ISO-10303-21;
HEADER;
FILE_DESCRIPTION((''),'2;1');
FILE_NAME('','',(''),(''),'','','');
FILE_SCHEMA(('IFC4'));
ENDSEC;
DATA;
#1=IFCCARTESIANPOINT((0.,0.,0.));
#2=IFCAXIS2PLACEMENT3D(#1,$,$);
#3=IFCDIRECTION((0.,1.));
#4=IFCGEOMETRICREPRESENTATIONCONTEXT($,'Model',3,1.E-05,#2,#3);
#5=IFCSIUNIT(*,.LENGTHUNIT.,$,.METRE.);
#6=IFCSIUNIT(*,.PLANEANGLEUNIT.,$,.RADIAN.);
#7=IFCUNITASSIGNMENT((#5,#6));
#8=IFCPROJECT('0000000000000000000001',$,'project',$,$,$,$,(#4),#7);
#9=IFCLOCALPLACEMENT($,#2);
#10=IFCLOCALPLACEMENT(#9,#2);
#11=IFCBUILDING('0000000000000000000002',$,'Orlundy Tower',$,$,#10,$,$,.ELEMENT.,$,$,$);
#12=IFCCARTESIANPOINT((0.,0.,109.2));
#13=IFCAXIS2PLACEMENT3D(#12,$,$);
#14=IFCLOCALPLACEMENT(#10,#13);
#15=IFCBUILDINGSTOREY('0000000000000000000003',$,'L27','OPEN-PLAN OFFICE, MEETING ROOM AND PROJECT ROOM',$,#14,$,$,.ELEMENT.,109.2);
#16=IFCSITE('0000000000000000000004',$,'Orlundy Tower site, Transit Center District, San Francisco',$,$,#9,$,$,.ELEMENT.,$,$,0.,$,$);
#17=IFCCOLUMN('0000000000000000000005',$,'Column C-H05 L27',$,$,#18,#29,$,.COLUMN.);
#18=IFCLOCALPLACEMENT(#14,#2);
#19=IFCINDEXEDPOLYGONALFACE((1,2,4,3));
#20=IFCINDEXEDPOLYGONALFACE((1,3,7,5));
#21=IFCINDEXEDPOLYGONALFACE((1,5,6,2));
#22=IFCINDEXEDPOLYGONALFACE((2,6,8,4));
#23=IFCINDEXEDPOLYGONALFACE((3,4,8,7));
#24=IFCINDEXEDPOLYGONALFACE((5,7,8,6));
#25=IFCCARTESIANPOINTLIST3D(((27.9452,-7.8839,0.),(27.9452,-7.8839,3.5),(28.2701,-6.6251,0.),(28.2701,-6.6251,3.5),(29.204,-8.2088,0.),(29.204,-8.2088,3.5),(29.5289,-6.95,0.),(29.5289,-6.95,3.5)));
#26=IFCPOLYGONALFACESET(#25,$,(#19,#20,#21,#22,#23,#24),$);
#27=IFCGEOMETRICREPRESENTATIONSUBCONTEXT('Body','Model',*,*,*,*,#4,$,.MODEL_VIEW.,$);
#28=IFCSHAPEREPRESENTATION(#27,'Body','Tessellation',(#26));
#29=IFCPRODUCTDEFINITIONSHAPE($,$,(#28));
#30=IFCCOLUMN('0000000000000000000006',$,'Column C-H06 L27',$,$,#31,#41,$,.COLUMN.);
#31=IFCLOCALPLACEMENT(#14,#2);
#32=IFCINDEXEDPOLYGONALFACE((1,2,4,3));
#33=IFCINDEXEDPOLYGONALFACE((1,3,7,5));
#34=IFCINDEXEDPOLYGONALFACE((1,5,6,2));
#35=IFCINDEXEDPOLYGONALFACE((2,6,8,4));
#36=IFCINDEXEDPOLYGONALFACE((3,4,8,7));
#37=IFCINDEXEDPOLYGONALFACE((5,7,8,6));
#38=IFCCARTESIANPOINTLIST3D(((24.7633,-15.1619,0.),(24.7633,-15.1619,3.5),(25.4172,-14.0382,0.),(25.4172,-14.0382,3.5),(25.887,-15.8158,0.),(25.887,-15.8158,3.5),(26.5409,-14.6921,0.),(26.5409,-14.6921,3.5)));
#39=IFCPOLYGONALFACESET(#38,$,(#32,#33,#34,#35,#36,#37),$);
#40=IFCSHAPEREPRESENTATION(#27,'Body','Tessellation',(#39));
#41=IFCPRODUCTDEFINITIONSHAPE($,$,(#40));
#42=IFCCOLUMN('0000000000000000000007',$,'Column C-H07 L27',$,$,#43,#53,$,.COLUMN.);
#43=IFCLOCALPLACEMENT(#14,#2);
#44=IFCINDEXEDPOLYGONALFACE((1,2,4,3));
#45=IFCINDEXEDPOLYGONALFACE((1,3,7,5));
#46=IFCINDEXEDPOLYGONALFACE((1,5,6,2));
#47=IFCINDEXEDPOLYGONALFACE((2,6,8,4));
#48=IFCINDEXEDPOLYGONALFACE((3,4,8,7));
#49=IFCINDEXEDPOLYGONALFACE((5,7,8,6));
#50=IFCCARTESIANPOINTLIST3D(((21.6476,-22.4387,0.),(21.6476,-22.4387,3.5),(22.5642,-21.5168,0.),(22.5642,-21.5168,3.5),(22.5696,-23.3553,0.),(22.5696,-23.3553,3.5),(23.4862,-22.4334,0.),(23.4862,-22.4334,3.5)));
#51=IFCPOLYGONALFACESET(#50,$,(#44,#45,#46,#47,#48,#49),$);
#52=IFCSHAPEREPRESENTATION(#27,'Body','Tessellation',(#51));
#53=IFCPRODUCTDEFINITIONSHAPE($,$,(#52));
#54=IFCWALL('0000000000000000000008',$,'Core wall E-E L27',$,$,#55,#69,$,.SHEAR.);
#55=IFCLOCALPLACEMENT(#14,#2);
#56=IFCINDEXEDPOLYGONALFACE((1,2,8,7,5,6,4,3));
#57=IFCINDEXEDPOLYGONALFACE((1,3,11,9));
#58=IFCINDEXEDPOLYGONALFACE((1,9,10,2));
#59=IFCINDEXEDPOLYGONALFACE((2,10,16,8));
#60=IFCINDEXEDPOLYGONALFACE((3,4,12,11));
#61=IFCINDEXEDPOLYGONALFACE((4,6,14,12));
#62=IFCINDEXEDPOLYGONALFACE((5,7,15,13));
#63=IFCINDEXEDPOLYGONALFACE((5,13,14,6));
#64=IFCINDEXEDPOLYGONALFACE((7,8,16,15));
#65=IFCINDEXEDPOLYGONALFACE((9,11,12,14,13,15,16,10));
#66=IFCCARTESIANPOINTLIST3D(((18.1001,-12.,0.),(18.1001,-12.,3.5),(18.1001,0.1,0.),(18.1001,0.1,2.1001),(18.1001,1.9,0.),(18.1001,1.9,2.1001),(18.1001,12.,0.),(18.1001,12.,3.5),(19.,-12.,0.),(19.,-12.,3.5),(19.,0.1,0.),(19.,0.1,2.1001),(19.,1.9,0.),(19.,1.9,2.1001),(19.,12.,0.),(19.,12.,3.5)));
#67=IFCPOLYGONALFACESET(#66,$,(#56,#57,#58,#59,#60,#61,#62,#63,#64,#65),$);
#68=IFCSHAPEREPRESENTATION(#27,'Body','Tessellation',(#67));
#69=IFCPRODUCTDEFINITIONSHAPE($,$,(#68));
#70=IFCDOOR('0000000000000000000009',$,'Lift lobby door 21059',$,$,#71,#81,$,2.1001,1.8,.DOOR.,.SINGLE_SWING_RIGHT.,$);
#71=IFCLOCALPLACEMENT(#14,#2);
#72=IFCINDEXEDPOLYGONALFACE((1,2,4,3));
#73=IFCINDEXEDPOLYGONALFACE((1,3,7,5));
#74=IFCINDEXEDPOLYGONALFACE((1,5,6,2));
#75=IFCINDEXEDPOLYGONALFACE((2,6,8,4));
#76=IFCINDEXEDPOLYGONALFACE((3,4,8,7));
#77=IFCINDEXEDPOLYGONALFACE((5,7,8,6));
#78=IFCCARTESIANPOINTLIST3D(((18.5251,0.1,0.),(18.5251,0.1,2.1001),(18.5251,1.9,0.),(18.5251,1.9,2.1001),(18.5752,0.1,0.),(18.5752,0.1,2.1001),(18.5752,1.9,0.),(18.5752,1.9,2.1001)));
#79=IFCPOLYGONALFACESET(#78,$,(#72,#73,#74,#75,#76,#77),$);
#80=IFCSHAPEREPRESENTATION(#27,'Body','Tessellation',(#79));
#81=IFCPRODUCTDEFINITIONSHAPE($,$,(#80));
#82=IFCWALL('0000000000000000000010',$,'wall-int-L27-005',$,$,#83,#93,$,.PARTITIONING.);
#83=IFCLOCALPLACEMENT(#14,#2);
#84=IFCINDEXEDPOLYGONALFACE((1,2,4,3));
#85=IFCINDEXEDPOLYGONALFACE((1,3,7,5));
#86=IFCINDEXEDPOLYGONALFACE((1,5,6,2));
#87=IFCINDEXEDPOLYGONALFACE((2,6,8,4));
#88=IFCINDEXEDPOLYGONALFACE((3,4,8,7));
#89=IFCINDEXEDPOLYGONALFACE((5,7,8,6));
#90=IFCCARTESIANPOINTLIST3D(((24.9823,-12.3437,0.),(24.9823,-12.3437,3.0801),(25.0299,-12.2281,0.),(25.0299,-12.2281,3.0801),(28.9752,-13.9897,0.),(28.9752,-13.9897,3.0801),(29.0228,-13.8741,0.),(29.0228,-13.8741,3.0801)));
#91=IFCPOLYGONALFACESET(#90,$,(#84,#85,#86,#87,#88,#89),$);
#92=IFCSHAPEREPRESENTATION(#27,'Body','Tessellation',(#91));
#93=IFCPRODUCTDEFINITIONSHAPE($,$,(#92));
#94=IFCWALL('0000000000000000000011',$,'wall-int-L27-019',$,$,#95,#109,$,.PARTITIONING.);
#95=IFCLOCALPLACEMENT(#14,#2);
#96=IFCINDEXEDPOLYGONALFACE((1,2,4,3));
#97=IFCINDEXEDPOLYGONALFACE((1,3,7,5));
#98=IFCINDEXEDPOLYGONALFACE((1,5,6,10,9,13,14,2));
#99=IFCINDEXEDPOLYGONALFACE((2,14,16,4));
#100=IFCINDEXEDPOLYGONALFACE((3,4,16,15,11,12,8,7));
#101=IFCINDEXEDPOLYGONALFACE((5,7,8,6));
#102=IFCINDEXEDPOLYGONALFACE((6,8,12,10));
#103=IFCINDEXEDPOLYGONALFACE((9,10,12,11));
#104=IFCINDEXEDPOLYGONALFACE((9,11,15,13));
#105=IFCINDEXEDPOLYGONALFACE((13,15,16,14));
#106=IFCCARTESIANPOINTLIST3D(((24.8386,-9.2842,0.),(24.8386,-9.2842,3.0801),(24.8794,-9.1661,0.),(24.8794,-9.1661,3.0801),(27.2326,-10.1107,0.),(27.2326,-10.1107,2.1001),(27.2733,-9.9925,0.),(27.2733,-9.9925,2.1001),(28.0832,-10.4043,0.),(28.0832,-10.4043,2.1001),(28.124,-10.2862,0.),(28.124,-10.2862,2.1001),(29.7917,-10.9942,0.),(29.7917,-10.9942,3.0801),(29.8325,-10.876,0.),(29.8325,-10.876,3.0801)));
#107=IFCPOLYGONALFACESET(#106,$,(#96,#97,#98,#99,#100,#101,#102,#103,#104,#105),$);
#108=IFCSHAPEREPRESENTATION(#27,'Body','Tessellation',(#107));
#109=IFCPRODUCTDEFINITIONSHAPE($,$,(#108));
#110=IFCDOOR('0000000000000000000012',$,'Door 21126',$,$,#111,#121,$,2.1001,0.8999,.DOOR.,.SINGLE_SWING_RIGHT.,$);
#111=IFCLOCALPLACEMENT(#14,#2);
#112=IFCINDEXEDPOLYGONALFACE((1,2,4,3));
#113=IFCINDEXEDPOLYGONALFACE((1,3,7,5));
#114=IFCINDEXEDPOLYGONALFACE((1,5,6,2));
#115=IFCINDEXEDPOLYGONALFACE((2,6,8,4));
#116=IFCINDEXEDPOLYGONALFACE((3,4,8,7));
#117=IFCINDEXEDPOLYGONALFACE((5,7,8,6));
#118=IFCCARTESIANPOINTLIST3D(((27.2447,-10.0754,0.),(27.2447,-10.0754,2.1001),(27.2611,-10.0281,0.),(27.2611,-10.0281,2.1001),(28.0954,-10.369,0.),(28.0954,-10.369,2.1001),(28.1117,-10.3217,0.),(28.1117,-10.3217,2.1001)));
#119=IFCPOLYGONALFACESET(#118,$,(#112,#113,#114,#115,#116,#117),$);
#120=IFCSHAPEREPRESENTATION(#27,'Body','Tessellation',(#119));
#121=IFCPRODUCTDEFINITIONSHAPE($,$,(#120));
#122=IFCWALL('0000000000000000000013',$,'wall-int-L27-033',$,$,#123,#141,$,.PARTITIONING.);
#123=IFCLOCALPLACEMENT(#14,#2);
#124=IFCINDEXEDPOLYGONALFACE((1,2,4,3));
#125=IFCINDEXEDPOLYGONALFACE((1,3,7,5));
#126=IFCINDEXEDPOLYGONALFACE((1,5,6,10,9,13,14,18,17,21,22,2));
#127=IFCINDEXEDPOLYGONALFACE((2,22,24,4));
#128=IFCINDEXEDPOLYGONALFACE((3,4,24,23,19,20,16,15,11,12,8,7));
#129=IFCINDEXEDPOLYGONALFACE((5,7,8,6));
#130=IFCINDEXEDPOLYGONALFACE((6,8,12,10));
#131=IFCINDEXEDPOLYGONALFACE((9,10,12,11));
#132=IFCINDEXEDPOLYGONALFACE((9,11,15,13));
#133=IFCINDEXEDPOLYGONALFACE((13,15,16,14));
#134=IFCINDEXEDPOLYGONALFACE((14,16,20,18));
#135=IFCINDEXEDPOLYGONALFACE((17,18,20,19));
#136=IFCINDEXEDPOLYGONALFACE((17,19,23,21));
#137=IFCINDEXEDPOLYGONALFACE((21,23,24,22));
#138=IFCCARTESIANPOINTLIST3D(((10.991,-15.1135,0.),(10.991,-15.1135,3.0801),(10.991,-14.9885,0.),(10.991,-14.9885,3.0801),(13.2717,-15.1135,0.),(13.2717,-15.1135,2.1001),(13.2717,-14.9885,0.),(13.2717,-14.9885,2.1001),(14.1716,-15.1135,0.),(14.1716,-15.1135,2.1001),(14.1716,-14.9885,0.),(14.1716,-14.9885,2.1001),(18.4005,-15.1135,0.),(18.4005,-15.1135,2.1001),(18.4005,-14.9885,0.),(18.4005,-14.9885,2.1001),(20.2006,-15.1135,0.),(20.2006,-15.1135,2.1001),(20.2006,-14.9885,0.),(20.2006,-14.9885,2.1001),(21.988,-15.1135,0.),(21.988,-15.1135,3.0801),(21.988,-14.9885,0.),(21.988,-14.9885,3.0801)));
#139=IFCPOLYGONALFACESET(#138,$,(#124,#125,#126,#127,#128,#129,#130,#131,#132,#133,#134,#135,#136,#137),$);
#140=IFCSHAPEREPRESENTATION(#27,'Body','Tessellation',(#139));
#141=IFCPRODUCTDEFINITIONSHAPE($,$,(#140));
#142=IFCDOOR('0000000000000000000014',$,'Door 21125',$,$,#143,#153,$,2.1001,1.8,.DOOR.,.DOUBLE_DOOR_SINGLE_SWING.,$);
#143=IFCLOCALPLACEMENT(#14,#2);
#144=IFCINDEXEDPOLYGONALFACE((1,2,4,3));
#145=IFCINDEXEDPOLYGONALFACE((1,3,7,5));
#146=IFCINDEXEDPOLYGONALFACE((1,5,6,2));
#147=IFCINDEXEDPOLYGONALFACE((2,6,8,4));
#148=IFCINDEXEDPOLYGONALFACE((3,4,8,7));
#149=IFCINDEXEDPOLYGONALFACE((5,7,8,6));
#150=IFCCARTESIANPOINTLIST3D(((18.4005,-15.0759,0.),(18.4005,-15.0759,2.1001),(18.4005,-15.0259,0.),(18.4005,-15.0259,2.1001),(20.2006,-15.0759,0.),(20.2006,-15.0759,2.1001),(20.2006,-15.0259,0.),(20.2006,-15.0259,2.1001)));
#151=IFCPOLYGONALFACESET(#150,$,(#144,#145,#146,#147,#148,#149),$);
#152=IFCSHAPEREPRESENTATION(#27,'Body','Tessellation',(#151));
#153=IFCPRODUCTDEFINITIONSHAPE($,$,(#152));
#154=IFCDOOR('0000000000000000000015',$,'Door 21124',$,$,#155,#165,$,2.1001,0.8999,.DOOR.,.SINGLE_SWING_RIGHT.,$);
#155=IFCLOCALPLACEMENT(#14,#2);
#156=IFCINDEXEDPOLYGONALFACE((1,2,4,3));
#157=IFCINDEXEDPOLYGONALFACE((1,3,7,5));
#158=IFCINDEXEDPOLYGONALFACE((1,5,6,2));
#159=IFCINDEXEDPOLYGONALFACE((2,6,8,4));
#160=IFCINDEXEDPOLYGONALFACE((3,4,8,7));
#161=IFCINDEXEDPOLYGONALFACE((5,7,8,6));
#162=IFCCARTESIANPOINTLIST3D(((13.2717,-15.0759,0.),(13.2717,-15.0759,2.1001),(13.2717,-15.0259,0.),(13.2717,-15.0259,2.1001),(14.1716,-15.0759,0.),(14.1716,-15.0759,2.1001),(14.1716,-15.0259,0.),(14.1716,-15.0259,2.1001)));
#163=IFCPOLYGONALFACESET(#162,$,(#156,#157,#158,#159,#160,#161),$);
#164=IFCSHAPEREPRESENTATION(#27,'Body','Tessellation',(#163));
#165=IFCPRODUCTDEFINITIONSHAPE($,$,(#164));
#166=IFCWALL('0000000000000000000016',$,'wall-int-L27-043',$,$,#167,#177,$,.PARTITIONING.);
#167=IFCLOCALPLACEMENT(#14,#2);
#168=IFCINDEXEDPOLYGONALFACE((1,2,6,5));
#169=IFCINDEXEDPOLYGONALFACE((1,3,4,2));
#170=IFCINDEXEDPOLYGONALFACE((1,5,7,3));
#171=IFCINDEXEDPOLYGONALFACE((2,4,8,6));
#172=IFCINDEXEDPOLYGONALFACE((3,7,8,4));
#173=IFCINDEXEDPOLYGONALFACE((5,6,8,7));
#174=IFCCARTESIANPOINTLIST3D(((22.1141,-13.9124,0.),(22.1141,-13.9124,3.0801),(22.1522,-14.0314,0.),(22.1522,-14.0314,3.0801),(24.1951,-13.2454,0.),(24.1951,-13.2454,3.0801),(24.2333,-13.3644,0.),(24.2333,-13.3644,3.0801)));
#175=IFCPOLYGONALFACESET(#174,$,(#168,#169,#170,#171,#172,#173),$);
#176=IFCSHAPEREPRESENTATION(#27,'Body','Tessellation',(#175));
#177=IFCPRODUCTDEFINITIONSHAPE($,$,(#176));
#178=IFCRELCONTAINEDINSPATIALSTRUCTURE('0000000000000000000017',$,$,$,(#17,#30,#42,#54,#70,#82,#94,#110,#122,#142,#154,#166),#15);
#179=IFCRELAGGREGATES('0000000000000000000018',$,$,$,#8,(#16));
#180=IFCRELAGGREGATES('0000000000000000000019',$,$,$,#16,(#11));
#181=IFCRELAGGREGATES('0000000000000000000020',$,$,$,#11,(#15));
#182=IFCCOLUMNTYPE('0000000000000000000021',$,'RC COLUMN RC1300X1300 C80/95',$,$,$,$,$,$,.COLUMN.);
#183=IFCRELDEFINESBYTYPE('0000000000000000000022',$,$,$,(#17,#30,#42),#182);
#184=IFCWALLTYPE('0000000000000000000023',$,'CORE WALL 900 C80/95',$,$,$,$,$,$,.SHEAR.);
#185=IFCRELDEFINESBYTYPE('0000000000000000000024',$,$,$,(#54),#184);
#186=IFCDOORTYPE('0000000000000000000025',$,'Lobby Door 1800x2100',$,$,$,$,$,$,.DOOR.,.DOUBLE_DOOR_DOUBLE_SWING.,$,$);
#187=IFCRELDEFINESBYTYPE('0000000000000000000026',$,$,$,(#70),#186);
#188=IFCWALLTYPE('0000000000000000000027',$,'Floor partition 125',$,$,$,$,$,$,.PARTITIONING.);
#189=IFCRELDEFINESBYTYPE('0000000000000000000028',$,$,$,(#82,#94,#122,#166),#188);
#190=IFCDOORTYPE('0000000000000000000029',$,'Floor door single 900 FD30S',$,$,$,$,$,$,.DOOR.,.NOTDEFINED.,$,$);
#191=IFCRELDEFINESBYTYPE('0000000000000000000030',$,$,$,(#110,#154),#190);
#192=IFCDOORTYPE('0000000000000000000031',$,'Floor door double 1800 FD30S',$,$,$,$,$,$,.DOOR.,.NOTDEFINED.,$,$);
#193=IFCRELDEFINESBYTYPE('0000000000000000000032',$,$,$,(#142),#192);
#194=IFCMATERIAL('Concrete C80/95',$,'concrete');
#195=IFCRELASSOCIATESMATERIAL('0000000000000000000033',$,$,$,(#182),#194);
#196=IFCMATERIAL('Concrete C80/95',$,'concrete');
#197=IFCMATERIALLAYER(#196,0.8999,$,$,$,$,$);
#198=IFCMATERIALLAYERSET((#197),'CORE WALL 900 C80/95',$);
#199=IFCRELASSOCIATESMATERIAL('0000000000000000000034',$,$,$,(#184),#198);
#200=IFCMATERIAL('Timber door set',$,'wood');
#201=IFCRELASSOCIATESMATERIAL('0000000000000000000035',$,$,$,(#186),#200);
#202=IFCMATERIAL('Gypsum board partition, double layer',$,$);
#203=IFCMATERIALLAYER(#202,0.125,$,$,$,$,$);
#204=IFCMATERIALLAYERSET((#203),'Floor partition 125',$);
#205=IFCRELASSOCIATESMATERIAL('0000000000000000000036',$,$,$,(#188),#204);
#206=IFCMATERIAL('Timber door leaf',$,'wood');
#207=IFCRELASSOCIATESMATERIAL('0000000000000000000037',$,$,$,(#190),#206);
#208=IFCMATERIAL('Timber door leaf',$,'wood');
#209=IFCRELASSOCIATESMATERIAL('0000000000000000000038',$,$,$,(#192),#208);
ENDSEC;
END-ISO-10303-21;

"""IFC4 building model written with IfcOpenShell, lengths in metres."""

from ifc_helpers import new_model, si_unit, direction, frame, frame_2d, origin, origin_2d, place, context, subcontext, project, spatial, rectangle, extrude, material, layer, layer_set, material_profile, profile_set, type_object, element, fill, save


model = new_model("IFC4")

# Units and contexts
model_context = context("Model", 3, precision=1e-05, world=origin(), true_north=direction((0.0, 1.0)))
body_context = subcontext(model_context, "Body", "Model", "MODEL_VIEW")
ifc_project = project(units=[si_unit("LENGTHUNIT", "METRE"), si_unit("PLANEANGLEUNIT", "RADIAN")], contexts=[model_context])

# Site, building, storey
site_placement = place(None, origin())
site = spatial("IfcSite", under=ifc_project, at=site_placement, Name="Orlundy Tower site, Transit Center District, San Francisco", CompositionType="ELEMENT", RefElevation=0.0)
building_placement = place(site_placement, origin())
building = spatial("IfcBuilding", under=site, at=building_placement, Name="Orlundy Tower", CompositionType="ELEMENT")
storey_placement = place(building_placement, frame((0.0, 0.0, 109.2)))
storey = spatial("IfcBuildingStorey", under=building, at=storey_placement, Name="L27", Description="OPEN-PLAN OFFICE, MEETING ROOM AND PROJECT ROOM", CompositionType="ELEMENT", Elevation=109.2)

# Columns
ifc_material_1 = material(Name="Concrete C80/95", Category="concrete")
ifc_material_profile = material_profile(ifc_material_1, rectangle(XDim=1.3, YDim=1.3, at=origin_2d()), Name="RC1300X1300")
ifc_profile_set = profile_set([ifc_material_profile], Name="Concrete C80/95")
column_type = type_object("IfcColumnType", Name="RC COLUMN RC1300X1300 C80/95", PredefinedType="COLUMN", material=ifc_profile_set)
for number, where, z_axis, x_axis, name in (
    (1, (28.7371, -7.417, 0.0), (0.0, 0.0, 1.0), (0.96827, -0.249907, 0.0), "Column C-H05 L27"),
    (2, (25.6521, -14.927, 0.0), (0.0, 0.0, 1.0), (0.864319, -0.502945, 0.0), "Column C-H06 L27"),
    (3, (22.5669, -22.436, 0.0), (0.0, 0.0, 1.0), (0.709165, -0.705043, 0.0), "Column C-H07 L27"),
):
    element("IfcColumn", number, at=place(storey_placement, frame(where, z_axis=z_axis, x_axis=x_axis)), inside=storey, type_object=column_type, Name=name, PredefinedType="COLUMN", context=body_context, shape_type="SweptSolid", body=[
        extrude(rectangle(XDim=1.3, YDim=1.3, at=origin_2d()), origin(), (0.0, 0.0, 1.0), 3.5),
    ])

# Wall, opening, door
ifc_material_2 = material(Name="Concrete C80/95", Category="concrete")
ifc_layer_1 = layer(ifc_material_2, 0.8999)
ifc_layer_set_1 = layer_set([ifc_layer_1], Name="CORE WALL 900 C80/95")
wall_type_1 = type_object("IfcWallType", Name="CORE WALL 900 C80/95", PredefinedType="SHEAR", material=ifc_layer_set_1)
wall_1_placement = place(storey_placement, frame((18.55, -12.0, 0.0), z_axis=(0.0, 0.0, 1.0), x_axis=(0.0, 1.0, 0.0)))
wall_1 = element("IfcWall", 4, at=wall_1_placement, inside=storey, type_object=wall_type_1, Name="Core wall E-E L27", PredefinedType="SHEAR", context=body_context, shape_type="SweptSolid", body=[
    extrude(rectangle(XDim=24.0, YDim=0.8999, at=frame_2d((12.0, 0.0))), origin(), (0.0, 0.0, 1.0), 3.5),
])
opening_1_placement = place(wall_1_placement, frame((12.1001, 0.0, 0.0)))
opening_1 = element("IfcOpeningElement", 5, at=opening_1_placement, cuts=wall_1, PredefinedType="OPENING", context=body_context, shape_type="SweptSolid", body=[
    extrude(rectangle(XDim=1.8, YDim=2.1001, at=frame_2d((0.8999, 1.05))), frame((0.0, 0.46, 0.0), z_axis=(0.0, -1.0, 0.0), x_axis=(1.0, 0.0, 0.0)), (0.0, 0.0, 1.0), 0.9199),
])
ifc_material_3 = material(Name="Timber door set", Category="wood")
door_type_1 = type_object("IfcDoorType", Name="Lobby Door 1800x2100", OperationType="DOUBLE_DOOR_DOUBLE_SWING", PredefinedType="DOOR", material=ifc_material_3)
door_1_placement = place(opening_1_placement, origin())
door_1 = element("IfcDoor", 6, at=door_1_placement, inside=storey, type_object=door_type_1, Name="Lift lobby door 21059", OperationType="SINGLE_SWING_RIGHT", OverallHeight=2.1001, OverallWidth=1.8, PredefinedType="DOOR", context=body_context, shape_type="SweptSolid", body=[
    extrude(rectangle(XDim=1.8, YDim=2.1001, at=frame_2d((0.8999, 1.05))), frame((0.0, 0.0249, 0.0), z_axis=(0.0, -1.0, 0.0), x_axis=(1.0, 0.0, 0.0)), (0.0, 0.0, 1.0), 0.05),
])
fill(opening_1, door_1)

# Wall
ifc_material_4 = material(Name="Gypsum board partition, double layer")
ifc_layer_2 = layer(ifc_material_4, 0.125)
ifc_layer_set_2 = layer_set([ifc_layer_2], Name="Floor partition 125")
wall_type_2 = type_object("IfcWallType", Name="Floor partition 125", PredefinedType="PARTITIONING", material=ifc_layer_set_2)
wall_2_placement = place(storey_placement, frame((25.0061, -12.2859, 0.0), z_axis=(0.0, 0.0, 1.0), x_axis=(0.924527, -0.381117, 0.0)))
element("IfcWall", 7, at=wall_2_placement, inside=storey, type_object=wall_type_2, Name="wall-int-L27-005", PredefinedType="PARTITIONING", context=body_context, shape_type="SweptSolid", body=[
    extrude(rectangle(XDim=4.3188, YDim=0.125, at=frame_2d((2.1594, 0.0))), origin(), (0.0, 0.0, 1.0), 3.0801),
])

# Wall, opening, door
wall_3_placement = place(storey_placement, frame((24.8589, -9.2251, 0.0), z_axis=(0.0, 0.0, 1.0), x_axis=(0.945256, -0.32633, 0.0)))
wall_3 = element("IfcWall", 8, at=wall_3_placement, inside=storey, type_object=wall_type_2, Name="wall-int-L27-019", PredefinedType="PARTITIONING", context=body_context, shape_type="SweptSolid", body=[
    extrude(rectangle(XDim=5.24, YDim=0.125, at=frame_2d((2.6201, 0.0))), origin(), (0.0, 0.0, 1.0), 3.0801),
])
opening_2_placement = place(wall_3_placement, frame((2.5327, 0.0, 0.0)))
opening_2 = element("IfcOpeningElement", 9, at=opening_2_placement, cuts=wall_3, PredefinedType="OPENING", context=body_context, shape_type="SweptSolid", body=[
    extrude(rectangle(XDim=0.8999, YDim=2.1001, at=frame_2d((0.45, 1.05))), frame((0.0, 0.0725, 0.0), z_axis=(0.0, -1.0, 0.0), x_axis=(1.0, 0.0, 0.0)), (0.0, 0.0, 1.0), 0.145),
])
ifc_material_5 = material(Name="Timber door leaf", Category="wood")
door_type_2 = type_object("IfcDoorType", Name="Floor door single 900 FD30S", OperationType="NOTDEFINED", PredefinedType="DOOR", material=ifc_material_5)
door_2_placement = place(opening_2_placement, origin())
door_2 = element("IfcDoor", 10, at=door_2_placement, inside=storey, type_object=door_type_2, Name="Door 21126", OperationType="SINGLE_SWING_RIGHT", OverallHeight=2.1001, OverallWidth=0.8999, PredefinedType="DOOR", context=body_context, shape_type="SweptSolid", body=[
    extrude(rectangle(XDim=0.8999, YDim=2.1001, at=frame_2d((0.45, 1.05))), frame((0.0, 0.0249, 0.0), z_axis=(0.0, -1.0, 0.0), x_axis=(1.0, 0.0, 0.0)), (0.0, 0.0, 1.0), 0.05),
])
fill(opening_2, door_2)

# Wall, openings, doors
wall_4_placement = place(storey_placement, frame((21.988, -15.051, 0.0), z_axis=(0.0, 0.0, 1.0), x_axis=(-1.0, 0.0, 0.0)))
wall_4 = element("IfcWall", 11, at=wall_4_placement, inside=storey, type_object=wall_type_2, Name="wall-int-L27-033", PredefinedType="PARTITIONING", context=body_context, shape_type="SweptSolid", body=[
    extrude(rectangle(XDim=10.9971, YDim=0.125, at=frame_2d((5.4985, 0.0))), origin(), (0.0, 0.0, 1.0), 3.0801),
])
opening_3_placement = place(wall_4_placement, frame((7.8164, 0.0, 0.0)))
opening_3 = element("IfcOpeningElement", 12, at=opening_3_placement, cuts=wall_4, PredefinedType="OPENING", context=body_context, shape_type="SweptSolid", body=[
    extrude(rectangle(XDim=0.8999, YDim=2.1001, at=frame_2d((0.45, 1.05))), frame((0.0, 0.0725, 0.0), z_axis=(0.0, -1.0, 0.0), x_axis=(1.0, 0.0, 0.0)), (0.0, 0.0, 1.0), 0.145),
])
opening_4_placement = place(wall_4_placement, frame((1.7876, 0.0, 0.0)))
opening_4 = element("IfcOpeningElement", 13, at=opening_4_placement, cuts=wall_4, PredefinedType="OPENING", context=body_context, shape_type="SweptSolid", body=[
    extrude(rectangle(XDim=1.8, YDim=2.1001, at=frame_2d((0.8999, 1.05))), frame((0.0, 0.0725, 0.0), z_axis=(0.0, -1.0, 0.0), x_axis=(1.0, 0.0, 0.0)), (0.0, 0.0, 1.0), 0.145),
])
ifc_material_6 = material(Name="Timber door leaf", Category="wood")
door_type_3 = type_object("IfcDoorType", Name="Floor door double 1800 FD30S", OperationType="NOTDEFINED", PredefinedType="DOOR", material=ifc_material_6)
door_3_placement = place(opening_4_placement, origin())
door_3 = element("IfcDoor", 14, at=door_3_placement, inside=storey, type_object=door_type_3, Name="Door 21125", OperationType="DOUBLE_DOOR_SINGLE_SWING", OverallHeight=2.1001, OverallWidth=1.8, PredefinedType="DOOR", context=body_context, shape_type="SweptSolid", body=[
    extrude(rectangle(XDim=1.8, YDim=2.1001, at=frame_2d((0.8999, 1.05))), frame((0.0, 0.0249, 0.0), z_axis=(0.0, -1.0, 0.0), x_axis=(1.0, 0.0, 0.0)), (0.0, 0.0, 1.0), 0.05),
])
fill(opening_4, door_3)
door_4_placement = place(opening_3_placement, origin())
door_4 = element("IfcDoor", 15, at=door_4_placement, inside=storey, type_object=door_type_2, Name="Door 21124", OperationType="SINGLE_SWING_RIGHT", OverallHeight=2.1001, OverallWidth=0.8999, PredefinedType="DOOR", context=body_context, shape_type="SweptSolid", body=[
    extrude(rectangle(XDim=0.8999, YDim=2.1001, at=frame_2d((0.45, 1.05))), frame((0.0, 0.0249, 0.0), z_axis=(0.0, -1.0, 0.0), x_axis=(1.0, 0.0, 0.0)), (0.0, 0.0, 1.0), 0.05),
])
fill(opening_3, door_4)

# Wall
wall_5_placement = place(storey_placement, frame((22.1331, -13.9719, 0.0), z_axis=(0.0, 0.0, 1.0), x_axis=(0.952284, 0.305213, 0.0)))
element("IfcWall", 16, at=wall_5_placement, inside=storey, type_object=wall_type_2, Name="wall-int-L27-043", PredefinedType="PARTITIONING", context=body_context, shape_type="SweptSolid", body=[
    extrude(rectangle(XDim=2.1853, YDim=0.125, at=frame_2d((1.0928, 0.0))), origin(), (0.0, 0.0, 1.0), 3.0801),
])

save(model, "model.ifc")
